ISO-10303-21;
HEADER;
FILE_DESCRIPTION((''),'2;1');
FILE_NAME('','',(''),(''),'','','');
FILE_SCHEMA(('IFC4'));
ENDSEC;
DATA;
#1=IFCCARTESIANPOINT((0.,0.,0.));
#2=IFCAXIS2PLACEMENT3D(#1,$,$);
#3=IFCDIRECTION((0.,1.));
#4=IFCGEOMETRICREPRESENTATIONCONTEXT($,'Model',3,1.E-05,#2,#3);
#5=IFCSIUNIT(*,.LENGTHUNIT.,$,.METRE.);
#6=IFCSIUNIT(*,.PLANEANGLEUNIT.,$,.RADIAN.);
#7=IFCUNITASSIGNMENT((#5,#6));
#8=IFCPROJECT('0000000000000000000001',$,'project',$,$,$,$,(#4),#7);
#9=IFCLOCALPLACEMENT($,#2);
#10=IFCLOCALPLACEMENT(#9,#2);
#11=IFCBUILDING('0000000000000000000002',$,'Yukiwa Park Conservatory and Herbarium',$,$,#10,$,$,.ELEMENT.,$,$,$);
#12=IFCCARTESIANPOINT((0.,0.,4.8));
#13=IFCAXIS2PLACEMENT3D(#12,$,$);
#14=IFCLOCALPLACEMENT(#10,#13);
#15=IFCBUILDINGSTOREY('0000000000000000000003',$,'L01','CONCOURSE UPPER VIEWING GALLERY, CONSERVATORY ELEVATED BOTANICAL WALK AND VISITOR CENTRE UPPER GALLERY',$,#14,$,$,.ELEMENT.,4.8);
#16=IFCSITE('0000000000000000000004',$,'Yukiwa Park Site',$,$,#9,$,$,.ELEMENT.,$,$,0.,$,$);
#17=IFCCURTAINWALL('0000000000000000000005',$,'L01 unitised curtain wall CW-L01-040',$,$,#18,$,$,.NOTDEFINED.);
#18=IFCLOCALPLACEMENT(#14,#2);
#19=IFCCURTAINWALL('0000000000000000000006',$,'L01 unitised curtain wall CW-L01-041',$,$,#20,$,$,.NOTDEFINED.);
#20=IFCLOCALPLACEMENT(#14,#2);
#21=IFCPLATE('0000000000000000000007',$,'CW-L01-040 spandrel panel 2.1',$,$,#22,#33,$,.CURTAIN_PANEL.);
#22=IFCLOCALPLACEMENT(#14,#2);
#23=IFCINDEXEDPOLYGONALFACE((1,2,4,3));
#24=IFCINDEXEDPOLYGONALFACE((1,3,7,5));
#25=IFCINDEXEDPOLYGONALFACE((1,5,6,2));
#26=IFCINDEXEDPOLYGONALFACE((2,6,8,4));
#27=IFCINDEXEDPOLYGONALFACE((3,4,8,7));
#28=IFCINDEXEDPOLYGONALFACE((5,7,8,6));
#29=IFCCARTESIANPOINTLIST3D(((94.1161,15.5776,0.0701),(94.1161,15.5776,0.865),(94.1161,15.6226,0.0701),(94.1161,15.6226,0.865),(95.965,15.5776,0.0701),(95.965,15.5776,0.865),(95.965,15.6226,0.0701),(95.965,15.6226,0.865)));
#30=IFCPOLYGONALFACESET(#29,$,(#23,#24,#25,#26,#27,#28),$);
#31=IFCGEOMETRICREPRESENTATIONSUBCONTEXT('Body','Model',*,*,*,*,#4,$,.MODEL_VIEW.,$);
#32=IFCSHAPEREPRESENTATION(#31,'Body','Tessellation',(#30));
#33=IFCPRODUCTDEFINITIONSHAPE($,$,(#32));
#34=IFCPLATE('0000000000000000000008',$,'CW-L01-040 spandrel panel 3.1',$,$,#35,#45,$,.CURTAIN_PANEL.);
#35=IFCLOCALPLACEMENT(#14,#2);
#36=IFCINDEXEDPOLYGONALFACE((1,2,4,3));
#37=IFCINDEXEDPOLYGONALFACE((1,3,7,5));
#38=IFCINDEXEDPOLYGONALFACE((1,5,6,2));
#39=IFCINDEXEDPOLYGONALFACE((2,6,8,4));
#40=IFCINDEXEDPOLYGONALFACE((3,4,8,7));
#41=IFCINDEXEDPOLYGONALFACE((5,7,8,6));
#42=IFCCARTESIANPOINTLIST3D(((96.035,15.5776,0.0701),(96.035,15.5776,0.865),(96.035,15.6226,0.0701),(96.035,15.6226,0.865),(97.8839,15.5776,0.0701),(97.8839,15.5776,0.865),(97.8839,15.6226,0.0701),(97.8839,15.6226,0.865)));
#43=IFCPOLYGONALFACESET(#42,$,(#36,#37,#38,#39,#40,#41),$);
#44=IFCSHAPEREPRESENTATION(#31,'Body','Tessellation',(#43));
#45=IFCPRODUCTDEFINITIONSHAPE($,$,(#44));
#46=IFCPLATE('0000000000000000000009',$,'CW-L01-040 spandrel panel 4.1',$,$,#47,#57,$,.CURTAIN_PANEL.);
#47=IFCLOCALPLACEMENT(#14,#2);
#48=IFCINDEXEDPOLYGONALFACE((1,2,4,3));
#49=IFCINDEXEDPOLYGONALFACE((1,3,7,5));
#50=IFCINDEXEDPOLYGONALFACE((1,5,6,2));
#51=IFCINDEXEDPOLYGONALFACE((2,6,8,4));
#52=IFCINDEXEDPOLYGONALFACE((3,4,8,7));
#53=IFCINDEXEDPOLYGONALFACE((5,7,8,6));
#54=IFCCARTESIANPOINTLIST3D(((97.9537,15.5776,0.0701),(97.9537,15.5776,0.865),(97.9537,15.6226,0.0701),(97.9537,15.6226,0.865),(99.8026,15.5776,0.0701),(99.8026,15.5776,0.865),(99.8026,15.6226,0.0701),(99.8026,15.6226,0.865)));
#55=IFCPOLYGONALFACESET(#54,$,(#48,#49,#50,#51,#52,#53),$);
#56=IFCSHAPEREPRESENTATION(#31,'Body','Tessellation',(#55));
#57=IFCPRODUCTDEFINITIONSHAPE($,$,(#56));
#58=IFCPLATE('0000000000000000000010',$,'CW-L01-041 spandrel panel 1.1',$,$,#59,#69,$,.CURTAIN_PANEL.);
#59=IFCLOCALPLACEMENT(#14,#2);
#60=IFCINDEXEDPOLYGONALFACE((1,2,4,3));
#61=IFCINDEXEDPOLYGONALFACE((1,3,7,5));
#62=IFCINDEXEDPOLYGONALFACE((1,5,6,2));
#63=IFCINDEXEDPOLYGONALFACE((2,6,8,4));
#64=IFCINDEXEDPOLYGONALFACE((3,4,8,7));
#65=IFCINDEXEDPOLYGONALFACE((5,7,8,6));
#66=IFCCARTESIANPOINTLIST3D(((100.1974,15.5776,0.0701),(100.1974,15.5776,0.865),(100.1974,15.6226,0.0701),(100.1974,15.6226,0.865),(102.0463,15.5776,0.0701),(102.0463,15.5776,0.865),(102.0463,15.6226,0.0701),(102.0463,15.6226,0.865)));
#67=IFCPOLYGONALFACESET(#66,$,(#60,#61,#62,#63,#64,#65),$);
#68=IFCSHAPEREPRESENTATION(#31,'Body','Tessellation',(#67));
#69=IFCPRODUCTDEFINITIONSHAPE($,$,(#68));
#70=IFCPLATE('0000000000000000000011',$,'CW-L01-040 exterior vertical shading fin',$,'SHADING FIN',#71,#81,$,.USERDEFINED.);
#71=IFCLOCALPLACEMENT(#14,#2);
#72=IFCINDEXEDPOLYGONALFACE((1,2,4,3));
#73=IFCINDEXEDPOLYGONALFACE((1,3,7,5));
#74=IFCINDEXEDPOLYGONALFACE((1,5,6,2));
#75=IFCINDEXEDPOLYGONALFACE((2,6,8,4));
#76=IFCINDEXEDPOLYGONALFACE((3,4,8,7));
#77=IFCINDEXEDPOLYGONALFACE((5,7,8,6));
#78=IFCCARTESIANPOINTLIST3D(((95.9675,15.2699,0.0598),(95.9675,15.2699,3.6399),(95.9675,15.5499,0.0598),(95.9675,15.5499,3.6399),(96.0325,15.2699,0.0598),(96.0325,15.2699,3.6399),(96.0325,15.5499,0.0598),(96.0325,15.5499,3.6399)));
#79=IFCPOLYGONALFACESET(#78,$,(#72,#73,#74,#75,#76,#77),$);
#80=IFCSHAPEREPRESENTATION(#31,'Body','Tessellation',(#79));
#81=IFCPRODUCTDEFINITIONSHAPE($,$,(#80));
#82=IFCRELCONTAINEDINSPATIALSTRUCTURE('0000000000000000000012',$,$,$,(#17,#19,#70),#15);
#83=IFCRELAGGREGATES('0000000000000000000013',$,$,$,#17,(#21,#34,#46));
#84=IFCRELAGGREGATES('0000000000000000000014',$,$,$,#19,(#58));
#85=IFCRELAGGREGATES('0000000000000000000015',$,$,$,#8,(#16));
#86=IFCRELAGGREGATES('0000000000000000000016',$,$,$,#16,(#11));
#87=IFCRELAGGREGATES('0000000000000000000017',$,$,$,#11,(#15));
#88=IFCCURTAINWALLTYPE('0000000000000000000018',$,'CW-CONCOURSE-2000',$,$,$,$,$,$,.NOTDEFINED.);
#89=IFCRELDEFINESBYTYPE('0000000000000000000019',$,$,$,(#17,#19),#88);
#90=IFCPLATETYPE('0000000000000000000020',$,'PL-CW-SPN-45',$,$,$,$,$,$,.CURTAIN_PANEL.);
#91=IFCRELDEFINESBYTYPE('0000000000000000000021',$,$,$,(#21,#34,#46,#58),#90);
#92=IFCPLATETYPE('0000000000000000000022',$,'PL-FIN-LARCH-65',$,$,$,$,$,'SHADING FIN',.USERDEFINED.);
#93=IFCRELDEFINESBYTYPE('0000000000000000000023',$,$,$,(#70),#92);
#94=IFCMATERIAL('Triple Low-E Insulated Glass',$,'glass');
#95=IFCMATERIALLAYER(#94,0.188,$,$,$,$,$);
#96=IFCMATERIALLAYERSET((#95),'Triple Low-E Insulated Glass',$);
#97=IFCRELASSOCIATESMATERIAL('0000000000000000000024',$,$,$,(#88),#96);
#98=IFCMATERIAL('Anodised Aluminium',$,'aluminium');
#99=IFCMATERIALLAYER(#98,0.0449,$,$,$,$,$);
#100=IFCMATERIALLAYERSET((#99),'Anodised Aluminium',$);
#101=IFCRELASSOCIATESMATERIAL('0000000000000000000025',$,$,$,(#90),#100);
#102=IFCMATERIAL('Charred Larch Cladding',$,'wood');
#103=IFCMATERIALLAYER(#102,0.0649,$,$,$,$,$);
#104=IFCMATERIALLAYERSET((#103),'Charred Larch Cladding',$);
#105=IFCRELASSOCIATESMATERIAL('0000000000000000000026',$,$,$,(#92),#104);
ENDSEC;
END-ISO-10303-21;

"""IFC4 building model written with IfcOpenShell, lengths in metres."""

from ifc_helpers import new_model, si_unit, direction, frame, origin, origin_2d, place, context, subcontext, project, spatial, rectangle, extrude, material, layer, layer_set, type_object, element, aggregate, save


model = new_model("IFC4")

# Units and contexts
model_context = context("Model", 3, precision=1e-05, world=origin(), true_north=direction((0.0, 1.0)))
body_context = subcontext(model_context, "Body", "Model", "MODEL_VIEW")
ifc_project = project(units=[si_unit("LENGTHUNIT", "METRE"), si_unit("PLANEANGLEUNIT", "RADIAN")], contexts=[model_context])

# Site, building, storey
site_placement = place(None, origin())
site = spatial("IfcSite", under=ifc_project, at=site_placement, Name="Yukiwa Park Site", CompositionType="ELEMENT", RefElevation=0.0)
building_placement = place(site_placement, origin())
building = spatial("IfcBuilding", under=site, at=building_placement, Name="Yukiwa Park Conservatory and Herbarium", CompositionType="ELEMENT")
storey_placement = place(building_placement, frame((0.0, 0.0, 4.8)))
storey = spatial("IfcBuildingStorey", under=building, at=storey_placement, Name="L01", Description="CONCOURSE UPPER VIEWING GALLERY, CONSERVATORY ELEVATED BOTANICAL WALK AND VISITOR CENTRE UPPER GALLERY", CompositionType="ELEMENT", Elevation=4.8)

# Curtain walls
ifc_material_1 = material(Name="Triple Low-E Insulated Glass", Category="glass")
ifc_layer_1 = layer(ifc_material_1, 0.188)
ifc_layer_set_1 = layer_set([ifc_layer_1], Name="Triple Low-E Insulated Glass")
curtain_wall_type = type_object("IfcCurtainWallType", Name="CW-CONCOURSE-2000", PredefinedType="NOTDEFINED", material=ifc_layer_set_1)
curtain_wall_1_placement = place(storey_placement, origin())
curtain_wall_1 = element("IfcCurtainWall", 1, at=curtain_wall_1_placement, inside=storey, type_object=curtain_wall_type, Name="L01 unitised curtain wall CW-L01-040", PredefinedType="NOTDEFINED")
curtain_wall_2_placement = place(storey_placement, origin())
curtain_wall_2 = element("IfcCurtainWall", 2, at=curtain_wall_2_placement, inside=storey, type_object=curtain_wall_type, Name="L01 unitised curtain wall CW-L01-041", PredefinedType="NOTDEFINED")

# Plates
ifc_material_2 = material(Name="Anodised Aluminium", Category="aluminium")
ifc_layer_2 = layer(ifc_material_2, 0.0449)
ifc_layer_set_2 = layer_set([ifc_layer_2], Name="Anodised Aluminium")
plate_type_1 = type_object("IfcPlateType", Name="PL-CW-SPN-45", PredefinedType="CURTAIN_PANEL", material=ifc_layer_set_2)
plate_1_placement = place(storey_placement, frame((95.0405, 15.6001, 0.0701), z_axis=(0.0, 0.0, 1.0), x_axis=(1.0, 0.0, 0.0)))
plate_1 = element("IfcPlate", 3, at=plate_1_placement, type_object=plate_type_1, Name="CW-L01-040 spandrel panel 2.1", PredefinedType="CURTAIN_PANEL", context=body_context, shape_type="SweptSolid", body=[
    extrude(rectangle(XDim=1.8489, YDim=0.0449, at=origin_2d()), origin(), (0.0, 0.0, 1.0), 0.7949),
])
plate_2_placement = place(storey_placement, frame((96.9595, 15.6001, 0.0701), z_axis=(0.0, 0.0, 1.0), x_axis=(1.0, 0.0, 0.0)))
plate_2 = element("IfcPlate", 4, at=plate_2_placement, type_object=plate_type_1, Name="CW-L01-040 spandrel panel 3.1", PredefinedType="CURTAIN_PANEL", context=body_context, shape_type="SweptSolid", body=[
    extrude(rectangle(XDim=1.8489, YDim=0.0449, at=origin_2d()), origin(), (0.0, 0.0, 1.0), 0.7949),
])
plate_3_placement = place(storey_placement, frame((98.8782, 15.6001, 0.0701), z_axis=(0.0, 0.0, 1.0), x_axis=(1.0, 0.0, 0.0)))
plate_3 = element("IfcPlate", 5, at=plate_3_placement, type_object=plate_type_1, Name="CW-L01-040 spandrel panel 4.1", PredefinedType="CURTAIN_PANEL", context=body_context, shape_type="SweptSolid", body=[
    extrude(rectangle(XDim=1.8489, YDim=0.0449, at=origin_2d()), origin(), (0.0, 0.0, 1.0), 0.7949),
])
aggregate(curtain_wall_1, [plate_1, plate_2, plate_3])
plate_4_placement = place(storey_placement, frame((101.1218, 15.6001, 0.0701), z_axis=(0.0, 0.0, 1.0), x_axis=(1.0, 0.0, 0.0)))
plate_4 = element("IfcPlate", 6, at=plate_4_placement, type_object=plate_type_1, Name="CW-L01-041 spandrel panel 1.1", PredefinedType="CURTAIN_PANEL", context=body_context, shape_type="SweptSolid", body=[
    extrude(rectangle(XDim=1.8489, YDim=0.0449, at=origin_2d()), origin(), (0.0, 0.0, 1.0), 0.7949),
])
aggregate(curtain_wall_2, [plate_4])
ifc_material_3 = material(Name="Charred Larch Cladding", Category="wood")
ifc_layer_3 = layer(ifc_material_3, 0.0649)
ifc_layer_set_3 = layer_set([ifc_layer_3], Name="Charred Larch Cladding")
plate_type_2 = type_object("IfcPlateType", Name="PL-FIN-LARCH-65", ElementType="SHADING FIN", PredefinedType="USERDEFINED", material=ifc_layer_set_3)
plate_5_placement = place(storey_placement, frame((96.0, 15.4099, 0.0598), z_axis=(0.0, 0.0, 1.0), x_axis=(1.0, 0.0, 0.0)))
element("IfcPlate", 7, at=plate_5_placement, inside=storey, type_object=plate_type_2, Name="CW-L01-040 exterior vertical shading fin", ObjectType="SHADING FIN", PredefinedType="USERDEFINED", context=body_context, shape_type="SweptSolid", body=[
    extrude(rectangle(XDim=0.0649, YDim=0.28, at=origin_2d()), origin(), (0.0, 0.0, 1.0), 3.5801),
])

save(model, "model.ifc")
